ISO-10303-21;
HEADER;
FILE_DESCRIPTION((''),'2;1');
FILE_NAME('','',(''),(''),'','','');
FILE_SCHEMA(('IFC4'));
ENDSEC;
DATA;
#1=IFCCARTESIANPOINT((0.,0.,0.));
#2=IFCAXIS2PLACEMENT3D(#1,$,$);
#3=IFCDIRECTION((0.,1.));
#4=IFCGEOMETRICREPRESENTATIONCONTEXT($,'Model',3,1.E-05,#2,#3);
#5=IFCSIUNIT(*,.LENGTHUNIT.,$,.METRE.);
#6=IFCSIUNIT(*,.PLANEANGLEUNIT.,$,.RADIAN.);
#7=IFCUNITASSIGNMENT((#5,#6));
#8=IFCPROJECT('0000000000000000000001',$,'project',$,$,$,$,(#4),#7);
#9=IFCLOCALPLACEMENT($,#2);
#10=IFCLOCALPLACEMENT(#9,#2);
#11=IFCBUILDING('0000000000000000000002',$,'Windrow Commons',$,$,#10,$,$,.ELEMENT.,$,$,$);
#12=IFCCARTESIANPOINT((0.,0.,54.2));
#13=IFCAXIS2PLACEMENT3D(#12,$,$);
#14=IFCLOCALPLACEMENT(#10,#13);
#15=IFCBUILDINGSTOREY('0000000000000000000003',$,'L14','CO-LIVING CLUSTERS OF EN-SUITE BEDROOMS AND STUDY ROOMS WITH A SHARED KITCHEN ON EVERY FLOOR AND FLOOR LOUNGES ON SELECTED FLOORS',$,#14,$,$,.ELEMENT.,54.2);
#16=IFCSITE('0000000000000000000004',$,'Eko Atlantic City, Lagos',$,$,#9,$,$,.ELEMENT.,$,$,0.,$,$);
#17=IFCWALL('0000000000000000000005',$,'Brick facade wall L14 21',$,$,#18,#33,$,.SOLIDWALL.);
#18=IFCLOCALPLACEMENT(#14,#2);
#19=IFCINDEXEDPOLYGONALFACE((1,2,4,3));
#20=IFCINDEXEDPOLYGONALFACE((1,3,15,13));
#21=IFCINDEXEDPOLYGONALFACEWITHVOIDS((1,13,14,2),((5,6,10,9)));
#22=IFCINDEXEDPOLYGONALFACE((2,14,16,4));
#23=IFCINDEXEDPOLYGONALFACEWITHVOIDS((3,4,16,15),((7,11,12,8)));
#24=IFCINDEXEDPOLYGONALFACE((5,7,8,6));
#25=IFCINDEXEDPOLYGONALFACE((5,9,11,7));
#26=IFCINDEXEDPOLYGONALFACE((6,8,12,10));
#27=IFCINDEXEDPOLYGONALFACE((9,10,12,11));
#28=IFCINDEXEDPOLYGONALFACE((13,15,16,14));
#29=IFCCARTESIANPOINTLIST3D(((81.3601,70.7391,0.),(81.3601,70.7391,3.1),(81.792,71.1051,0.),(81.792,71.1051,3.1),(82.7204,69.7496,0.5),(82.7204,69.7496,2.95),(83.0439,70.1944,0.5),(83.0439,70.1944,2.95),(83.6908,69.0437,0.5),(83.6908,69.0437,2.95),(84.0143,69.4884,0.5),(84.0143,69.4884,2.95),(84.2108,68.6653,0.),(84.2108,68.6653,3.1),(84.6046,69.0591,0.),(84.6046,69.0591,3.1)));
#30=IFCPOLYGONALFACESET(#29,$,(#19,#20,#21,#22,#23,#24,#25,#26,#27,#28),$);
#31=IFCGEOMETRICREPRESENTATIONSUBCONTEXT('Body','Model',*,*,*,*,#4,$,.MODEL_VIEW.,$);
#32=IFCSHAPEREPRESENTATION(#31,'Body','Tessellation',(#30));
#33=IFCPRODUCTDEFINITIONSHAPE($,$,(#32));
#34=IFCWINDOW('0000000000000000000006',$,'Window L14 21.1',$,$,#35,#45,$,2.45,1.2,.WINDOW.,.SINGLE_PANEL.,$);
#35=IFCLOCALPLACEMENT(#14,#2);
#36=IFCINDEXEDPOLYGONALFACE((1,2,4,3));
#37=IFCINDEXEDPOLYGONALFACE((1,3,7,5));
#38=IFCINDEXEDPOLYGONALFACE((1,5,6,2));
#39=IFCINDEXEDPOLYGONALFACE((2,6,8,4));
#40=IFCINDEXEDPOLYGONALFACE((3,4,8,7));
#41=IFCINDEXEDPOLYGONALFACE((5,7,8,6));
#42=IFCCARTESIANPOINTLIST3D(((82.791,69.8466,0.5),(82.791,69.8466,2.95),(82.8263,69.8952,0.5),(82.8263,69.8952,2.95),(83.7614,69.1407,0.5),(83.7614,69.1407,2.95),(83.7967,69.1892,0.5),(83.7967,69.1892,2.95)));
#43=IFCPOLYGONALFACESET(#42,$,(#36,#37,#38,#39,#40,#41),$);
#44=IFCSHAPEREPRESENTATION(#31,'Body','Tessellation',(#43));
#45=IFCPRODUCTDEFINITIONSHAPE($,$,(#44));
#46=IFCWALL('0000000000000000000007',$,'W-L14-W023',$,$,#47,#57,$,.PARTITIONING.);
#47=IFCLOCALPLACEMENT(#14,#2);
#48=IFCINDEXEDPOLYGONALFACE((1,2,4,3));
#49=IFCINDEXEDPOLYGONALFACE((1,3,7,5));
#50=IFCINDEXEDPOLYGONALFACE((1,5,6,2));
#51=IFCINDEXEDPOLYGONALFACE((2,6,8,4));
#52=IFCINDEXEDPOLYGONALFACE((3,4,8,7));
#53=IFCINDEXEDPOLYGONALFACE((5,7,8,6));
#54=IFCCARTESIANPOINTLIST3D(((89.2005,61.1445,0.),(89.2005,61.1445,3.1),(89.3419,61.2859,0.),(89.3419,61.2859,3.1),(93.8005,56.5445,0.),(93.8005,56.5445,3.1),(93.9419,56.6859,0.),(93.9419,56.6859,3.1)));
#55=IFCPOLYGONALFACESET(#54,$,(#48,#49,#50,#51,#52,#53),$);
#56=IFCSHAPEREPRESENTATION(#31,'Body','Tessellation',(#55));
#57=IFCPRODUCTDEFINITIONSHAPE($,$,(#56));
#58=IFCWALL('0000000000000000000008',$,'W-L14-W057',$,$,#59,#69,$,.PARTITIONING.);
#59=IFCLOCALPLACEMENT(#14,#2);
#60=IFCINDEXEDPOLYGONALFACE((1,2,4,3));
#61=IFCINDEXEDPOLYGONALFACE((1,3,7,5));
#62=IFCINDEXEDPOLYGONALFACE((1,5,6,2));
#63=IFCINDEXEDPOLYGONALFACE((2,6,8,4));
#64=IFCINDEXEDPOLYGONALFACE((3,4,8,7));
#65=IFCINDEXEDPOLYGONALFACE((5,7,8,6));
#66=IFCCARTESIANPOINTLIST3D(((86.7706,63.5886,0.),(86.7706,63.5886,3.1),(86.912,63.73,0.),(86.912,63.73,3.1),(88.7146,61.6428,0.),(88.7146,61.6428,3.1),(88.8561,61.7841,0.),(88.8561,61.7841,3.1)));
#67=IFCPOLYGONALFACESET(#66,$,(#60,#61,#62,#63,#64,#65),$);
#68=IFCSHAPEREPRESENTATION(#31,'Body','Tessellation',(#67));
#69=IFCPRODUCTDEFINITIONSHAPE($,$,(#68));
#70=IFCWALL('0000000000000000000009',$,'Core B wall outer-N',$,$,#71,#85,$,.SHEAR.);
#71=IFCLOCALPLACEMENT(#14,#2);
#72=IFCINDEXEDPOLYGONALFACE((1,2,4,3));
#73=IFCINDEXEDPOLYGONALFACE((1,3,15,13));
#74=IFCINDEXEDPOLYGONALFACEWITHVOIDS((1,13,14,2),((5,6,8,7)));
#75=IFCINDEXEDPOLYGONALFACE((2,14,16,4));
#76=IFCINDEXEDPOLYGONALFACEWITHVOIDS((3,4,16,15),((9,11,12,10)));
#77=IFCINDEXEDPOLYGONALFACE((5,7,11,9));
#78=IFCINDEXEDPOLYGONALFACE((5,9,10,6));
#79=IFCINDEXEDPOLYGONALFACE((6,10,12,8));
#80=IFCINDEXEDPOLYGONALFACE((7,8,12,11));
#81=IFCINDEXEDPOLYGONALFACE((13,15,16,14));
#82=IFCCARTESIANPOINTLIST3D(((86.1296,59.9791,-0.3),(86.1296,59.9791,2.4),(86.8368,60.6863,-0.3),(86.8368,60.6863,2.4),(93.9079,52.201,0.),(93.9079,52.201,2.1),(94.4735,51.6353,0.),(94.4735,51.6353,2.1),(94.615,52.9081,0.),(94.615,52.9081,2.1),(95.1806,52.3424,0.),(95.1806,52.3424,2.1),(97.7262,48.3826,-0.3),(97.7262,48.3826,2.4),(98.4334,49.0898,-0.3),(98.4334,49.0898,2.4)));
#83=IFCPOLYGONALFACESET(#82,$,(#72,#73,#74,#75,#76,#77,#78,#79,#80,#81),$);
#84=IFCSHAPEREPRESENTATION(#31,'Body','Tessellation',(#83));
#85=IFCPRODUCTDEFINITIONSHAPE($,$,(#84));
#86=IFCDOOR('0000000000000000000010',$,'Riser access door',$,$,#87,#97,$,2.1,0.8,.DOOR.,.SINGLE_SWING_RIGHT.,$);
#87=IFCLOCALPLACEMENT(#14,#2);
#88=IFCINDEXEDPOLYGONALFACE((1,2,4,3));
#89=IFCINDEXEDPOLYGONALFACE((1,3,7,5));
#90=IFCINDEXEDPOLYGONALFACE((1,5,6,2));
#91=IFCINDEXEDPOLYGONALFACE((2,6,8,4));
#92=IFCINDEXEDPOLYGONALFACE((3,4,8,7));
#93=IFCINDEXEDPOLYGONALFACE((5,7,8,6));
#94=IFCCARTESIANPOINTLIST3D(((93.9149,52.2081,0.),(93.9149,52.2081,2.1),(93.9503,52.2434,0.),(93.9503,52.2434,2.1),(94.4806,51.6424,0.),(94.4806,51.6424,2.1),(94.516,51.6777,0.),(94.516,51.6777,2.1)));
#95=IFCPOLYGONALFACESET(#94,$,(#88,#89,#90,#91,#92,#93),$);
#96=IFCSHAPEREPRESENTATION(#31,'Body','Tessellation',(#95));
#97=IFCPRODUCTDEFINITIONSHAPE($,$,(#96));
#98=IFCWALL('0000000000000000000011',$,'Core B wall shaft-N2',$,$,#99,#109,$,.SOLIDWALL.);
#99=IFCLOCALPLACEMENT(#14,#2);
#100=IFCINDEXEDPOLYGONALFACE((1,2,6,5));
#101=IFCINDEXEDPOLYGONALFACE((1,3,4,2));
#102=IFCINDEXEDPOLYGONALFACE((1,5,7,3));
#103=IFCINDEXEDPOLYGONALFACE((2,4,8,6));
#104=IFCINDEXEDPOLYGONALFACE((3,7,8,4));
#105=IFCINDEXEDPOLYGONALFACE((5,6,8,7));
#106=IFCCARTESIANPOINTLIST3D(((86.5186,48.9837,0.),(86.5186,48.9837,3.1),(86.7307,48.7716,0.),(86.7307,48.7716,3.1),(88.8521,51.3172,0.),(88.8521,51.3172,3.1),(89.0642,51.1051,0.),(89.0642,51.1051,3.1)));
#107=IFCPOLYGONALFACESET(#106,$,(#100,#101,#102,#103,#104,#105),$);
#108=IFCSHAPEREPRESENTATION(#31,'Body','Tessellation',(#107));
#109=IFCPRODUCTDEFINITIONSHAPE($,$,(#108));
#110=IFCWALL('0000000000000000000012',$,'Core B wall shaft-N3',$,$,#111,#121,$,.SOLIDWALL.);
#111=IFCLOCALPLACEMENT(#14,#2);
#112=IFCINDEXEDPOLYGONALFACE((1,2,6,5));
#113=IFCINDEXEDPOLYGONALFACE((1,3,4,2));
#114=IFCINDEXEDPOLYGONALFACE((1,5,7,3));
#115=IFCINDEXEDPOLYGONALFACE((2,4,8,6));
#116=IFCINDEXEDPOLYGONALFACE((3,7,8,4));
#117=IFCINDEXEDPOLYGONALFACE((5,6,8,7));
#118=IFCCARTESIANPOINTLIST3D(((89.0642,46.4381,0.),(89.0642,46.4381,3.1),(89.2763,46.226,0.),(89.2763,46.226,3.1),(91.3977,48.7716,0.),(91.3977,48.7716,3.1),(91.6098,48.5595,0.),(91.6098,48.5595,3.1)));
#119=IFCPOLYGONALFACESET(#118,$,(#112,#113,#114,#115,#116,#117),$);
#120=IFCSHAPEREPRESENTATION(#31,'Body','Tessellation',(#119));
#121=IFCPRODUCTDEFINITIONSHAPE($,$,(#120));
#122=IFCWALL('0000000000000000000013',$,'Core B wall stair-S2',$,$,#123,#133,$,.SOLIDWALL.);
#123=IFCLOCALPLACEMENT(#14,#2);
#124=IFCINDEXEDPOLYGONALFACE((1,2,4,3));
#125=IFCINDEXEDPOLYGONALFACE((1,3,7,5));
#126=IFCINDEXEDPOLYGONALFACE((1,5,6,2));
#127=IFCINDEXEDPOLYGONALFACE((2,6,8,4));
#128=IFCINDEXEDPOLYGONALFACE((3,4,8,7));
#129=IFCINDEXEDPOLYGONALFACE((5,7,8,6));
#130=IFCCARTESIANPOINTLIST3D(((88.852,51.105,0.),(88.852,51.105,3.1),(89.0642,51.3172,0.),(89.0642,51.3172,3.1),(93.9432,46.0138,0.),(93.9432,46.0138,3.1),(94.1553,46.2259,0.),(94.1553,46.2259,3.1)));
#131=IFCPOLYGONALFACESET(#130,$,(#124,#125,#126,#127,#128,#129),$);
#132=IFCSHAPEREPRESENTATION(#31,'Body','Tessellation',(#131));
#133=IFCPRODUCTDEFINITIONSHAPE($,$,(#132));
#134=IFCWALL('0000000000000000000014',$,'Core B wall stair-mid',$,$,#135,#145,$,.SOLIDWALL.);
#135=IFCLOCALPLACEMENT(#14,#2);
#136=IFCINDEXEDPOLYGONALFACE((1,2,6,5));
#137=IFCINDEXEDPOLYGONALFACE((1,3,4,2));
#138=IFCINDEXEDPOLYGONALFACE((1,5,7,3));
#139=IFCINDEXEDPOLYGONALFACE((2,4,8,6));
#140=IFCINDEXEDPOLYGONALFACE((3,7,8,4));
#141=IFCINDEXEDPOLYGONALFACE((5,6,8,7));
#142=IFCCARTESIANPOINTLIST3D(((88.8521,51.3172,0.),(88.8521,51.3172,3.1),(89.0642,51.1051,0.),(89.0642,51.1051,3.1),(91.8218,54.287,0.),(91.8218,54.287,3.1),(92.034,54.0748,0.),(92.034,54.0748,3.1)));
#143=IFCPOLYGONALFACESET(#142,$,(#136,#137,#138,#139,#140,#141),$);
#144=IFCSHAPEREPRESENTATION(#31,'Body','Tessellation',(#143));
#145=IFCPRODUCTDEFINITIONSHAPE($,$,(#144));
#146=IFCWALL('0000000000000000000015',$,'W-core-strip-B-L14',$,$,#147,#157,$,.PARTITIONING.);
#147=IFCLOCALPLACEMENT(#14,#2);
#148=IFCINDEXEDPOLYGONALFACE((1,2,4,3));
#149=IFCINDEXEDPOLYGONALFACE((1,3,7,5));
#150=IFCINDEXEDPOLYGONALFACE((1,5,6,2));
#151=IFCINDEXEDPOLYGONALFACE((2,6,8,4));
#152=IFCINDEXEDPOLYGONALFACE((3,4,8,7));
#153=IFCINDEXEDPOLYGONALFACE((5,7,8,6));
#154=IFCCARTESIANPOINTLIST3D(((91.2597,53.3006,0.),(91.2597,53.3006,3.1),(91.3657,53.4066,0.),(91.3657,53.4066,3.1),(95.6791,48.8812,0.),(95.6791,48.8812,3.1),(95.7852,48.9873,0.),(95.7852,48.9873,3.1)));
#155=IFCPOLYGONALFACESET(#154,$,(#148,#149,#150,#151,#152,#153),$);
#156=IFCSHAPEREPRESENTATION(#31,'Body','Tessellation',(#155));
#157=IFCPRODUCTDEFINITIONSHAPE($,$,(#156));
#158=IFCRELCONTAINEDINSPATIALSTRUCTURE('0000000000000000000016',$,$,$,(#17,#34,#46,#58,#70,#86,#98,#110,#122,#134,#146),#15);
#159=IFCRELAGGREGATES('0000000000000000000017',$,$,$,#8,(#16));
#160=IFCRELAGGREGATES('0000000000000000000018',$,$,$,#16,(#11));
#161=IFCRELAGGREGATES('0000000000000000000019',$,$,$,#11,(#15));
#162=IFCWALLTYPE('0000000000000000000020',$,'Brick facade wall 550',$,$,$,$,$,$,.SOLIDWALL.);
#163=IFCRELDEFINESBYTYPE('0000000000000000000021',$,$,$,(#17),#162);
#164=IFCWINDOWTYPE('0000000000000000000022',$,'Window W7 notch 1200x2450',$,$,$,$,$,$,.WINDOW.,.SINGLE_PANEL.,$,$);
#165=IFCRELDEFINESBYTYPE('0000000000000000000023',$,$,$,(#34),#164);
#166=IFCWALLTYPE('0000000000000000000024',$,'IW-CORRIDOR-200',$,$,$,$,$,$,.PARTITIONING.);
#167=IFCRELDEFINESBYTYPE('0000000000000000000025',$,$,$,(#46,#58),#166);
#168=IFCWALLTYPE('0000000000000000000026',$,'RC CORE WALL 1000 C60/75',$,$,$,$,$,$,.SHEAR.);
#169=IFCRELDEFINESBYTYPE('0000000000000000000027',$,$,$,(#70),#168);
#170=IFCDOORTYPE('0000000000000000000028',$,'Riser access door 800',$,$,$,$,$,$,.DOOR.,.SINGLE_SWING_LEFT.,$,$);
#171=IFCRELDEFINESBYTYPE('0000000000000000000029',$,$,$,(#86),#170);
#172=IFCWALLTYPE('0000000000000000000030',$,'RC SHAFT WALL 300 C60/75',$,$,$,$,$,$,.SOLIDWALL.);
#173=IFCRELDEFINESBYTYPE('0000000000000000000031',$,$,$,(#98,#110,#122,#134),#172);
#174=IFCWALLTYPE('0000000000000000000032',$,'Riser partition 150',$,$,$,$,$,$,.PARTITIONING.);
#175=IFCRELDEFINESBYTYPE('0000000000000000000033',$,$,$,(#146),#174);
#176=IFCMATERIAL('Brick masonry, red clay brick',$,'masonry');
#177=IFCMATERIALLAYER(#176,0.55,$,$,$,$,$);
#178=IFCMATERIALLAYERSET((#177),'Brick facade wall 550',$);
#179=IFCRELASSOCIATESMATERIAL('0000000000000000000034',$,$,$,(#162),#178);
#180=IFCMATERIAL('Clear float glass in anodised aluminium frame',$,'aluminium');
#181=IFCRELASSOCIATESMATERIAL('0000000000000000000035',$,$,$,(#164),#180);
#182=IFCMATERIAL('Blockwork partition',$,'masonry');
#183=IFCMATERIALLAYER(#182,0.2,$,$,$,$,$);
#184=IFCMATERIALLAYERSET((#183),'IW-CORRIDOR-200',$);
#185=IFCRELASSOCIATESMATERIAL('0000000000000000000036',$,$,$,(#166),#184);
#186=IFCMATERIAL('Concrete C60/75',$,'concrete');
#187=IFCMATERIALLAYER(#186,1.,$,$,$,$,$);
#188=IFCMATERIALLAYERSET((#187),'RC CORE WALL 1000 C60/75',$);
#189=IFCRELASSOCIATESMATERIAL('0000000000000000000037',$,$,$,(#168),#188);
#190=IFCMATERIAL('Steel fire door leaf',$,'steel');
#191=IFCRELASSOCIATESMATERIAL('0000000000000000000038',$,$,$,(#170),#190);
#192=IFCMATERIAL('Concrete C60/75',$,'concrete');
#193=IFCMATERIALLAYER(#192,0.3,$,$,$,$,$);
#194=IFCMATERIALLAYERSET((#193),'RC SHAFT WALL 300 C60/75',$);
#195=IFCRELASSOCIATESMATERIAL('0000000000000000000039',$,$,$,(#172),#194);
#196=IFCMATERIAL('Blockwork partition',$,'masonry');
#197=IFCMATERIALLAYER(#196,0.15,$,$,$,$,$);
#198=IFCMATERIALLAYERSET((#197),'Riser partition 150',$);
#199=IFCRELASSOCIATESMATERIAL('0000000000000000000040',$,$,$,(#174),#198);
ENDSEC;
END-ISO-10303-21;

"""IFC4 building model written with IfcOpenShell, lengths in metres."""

from ifc_helpers import new_model, si_unit, direction, frame, frame_2d, origin, place, context, subcontext, project, spatial, polyline, rectangle, outline, extrude, material, layer, layer_set, type_object, element, fill, save


model = new_model("IFC4")

# Units and contexts
model_context = context("Model", 3, precision=1e-05, world=origin(), true_north=direction((0.0, 1.0)))
body_context = subcontext(model_context, "Body", "Model", "MODEL_VIEW")
ifc_project = project(units=[si_unit("LENGTHUNIT", "METRE"), si_unit("PLANEANGLEUNIT", "RADIAN")], contexts=[model_context])

# Site, building, storey
site_placement = place(None, origin())
site = spatial("IfcSite", under=ifc_project, at=site_placement, Name="Eko Atlantic City, Lagos", CompositionType="ELEMENT", RefElevation=0.0)
building_placement = place(site_placement, origin())
building = spatial("IfcBuilding", under=site, at=building_placement, Name="Windrow Commons", CompositionType="ELEMENT")
storey_placement = place(building_placement, frame((0.0, 0.0, 54.2)))
storey = spatial("IfcBuildingStorey", under=building, at=storey_placement, Name="L14", Description="CO-LIVING CLUSTERS OF EN-SUITE BEDROOMS AND STUDY ROOMS WITH A SHARED KITCHEN ON EVERY FLOOR AND FLOOR LOUNGES ON SELECTED FLOORS", CompositionType="ELEMENT", Elevation=54.2)

# Shared definitions
ifc_material_1 = material(Name="Brick masonry, red clay brick", Category="masonry")
ifc_layer_1 = layer(ifc_material_1, 0.55)
ifc_layer_set_1 = layer_set([ifc_layer_1], Name="Brick facade wall 550")
wall_type_1 = type_object("IfcWallType", Name="Brick facade wall 550", PredefinedType="SOLIDWALL", material=ifc_layer_set_1)
ifc_material_2 = material(Name="Clear float glass in anodised aluminium frame", Category="aluminium")
window_type = type_object("IfcWindowType", Name="Window W7 notch 1200x2450", PartitioningType="SINGLE_PANEL", PredefinedType="WINDOW", material=ifc_material_2)

# Wall, opening, window
wall_1_placement = place(storey_placement, frame((84.4077, 68.8622, 0.0), z_axis=(0.0, 0.0, 1.0), x_axis=(-0.808661, 0.588275, 0.0)))
wall_1 = element("IfcWall", 1, at=wall_1_placement, inside=storey, type_object=wall_type_1, Name="Brick facade wall L14 21", PredefinedType="SOLIDWALL", context=body_context, shape_type="SweptSolid", body=[
    extrude(outline(polyline([(-0.0434, -0.275), (3.4347, -0.275), (3.5686, 0.275), (0.0434, 0.275), (-0.0434, -0.275)])), origin(), (0.0, 0.0, 1.0), 3.1),
])
opening_1_placement = place(wall_1_placement, frame((0.6865, 0.0, 0.5)))
opening_1 = element("IfcOpeningElement", 2, at=opening_1_placement, cuts=wall_1, PredefinedType="OPENING", context=body_context, shape_type="SweptSolid", body=[
    extrude(rectangle(XDim=1.2, YDim=2.45, at=frame_2d((0.6, 1.225))), frame((0.0, 0.285, 0.0), z_axis=(0.0, -1.0, 0.0), x_axis=(1.0, 0.0, 0.0)), (0.0, 0.0, 1.0), 0.57),
])
window_1_placement = place(opening_1_placement, origin())
window_1 = element("IfcWindow", 3, at=window_1_placement, inside=storey, type_object=window_type, Name="Window L14 21.1", OverallHeight=2.45, OverallWidth=1.2, PartitioningType="SINGLE_PANEL", PredefinedType="WINDOW", context=body_context, shape_type="SweptSolid", body=[
    extrude(rectangle(XDim=1.2, YDim=2.45, at=frame_2d((0.6, 1.225))), frame((0.0, 0.155, 0.0), z_axis=(0.0, -1.0, 0.0), x_axis=(1.0, 0.0, 0.0)), (0.0, 0.0, 1.0), 0.06),
])
fill(opening_1, window_1)

# Walls
ifc_material_3 = material(Name="Blockwork partition", Category="masonry")
ifc_layer_2 = layer(ifc_material_3, 0.2)
ifc_layer_set_2 = layer_set([ifc_layer_2], Name="IW-CORRIDOR-200")
wall_type_2 = type_object("IfcWallType", Name="IW-CORRIDOR-200", PredefinedType="PARTITIONING", material=ifc_layer_set_2)
wall_2_placement = place(storey_placement, frame((89.2712, 61.2152, 0.0), z_axis=(0.0, 0.0, 1.0), x_axis=(0.707107, -0.707107, 0.0)))
element("IfcWall", 4, at=wall_2_placement, inside=storey, type_object=wall_type_2, Name="W-L14-W023", PredefinedType="PARTITIONING", context=body_context, shape_type="SweptSolid", body=[
    extrude(rectangle(XDim=6.5054, YDim=0.2, at=frame_2d((3.2527, 0.0))), origin(), (0.0, 0.0, 1.0), 3.1),
])
wall_3_placement = place(storey_placement, frame((86.8413, 63.6593, 0.0), z_axis=(0.0, 0.0, 1.0), x_axis=(0.70678, -0.707434, 0.0)))
element("IfcWall", 5, at=wall_3_placement, inside=storey, type_object=wall_type_2, Name="W-L14-W057", PredefinedType="PARTITIONING", context=body_context, shape_type="SweptSolid", body=[
    extrude(rectangle(XDim=2.7506, YDim=0.2, at=frame_2d((1.3753, 0.0))), origin(), (0.0, 0.0, 1.0), 3.1),
])

# Wall, opening, door
ifc_material_4 = material(Name="Concrete C60/75", Category="concrete")
ifc_layer_3 = layer(ifc_material_4, 1.0)
ifc_layer_set_3 = layer_set([ifc_layer_3], Name="RC CORE WALL 1000 C60/75")
wall_type_3 = type_object("IfcWallType", Name="RC CORE WALL 1000 C60/75", PredefinedType="SHEAR", material=ifc_layer_set_3)
wall_4_placement = place(storey_placement, frame((86.4832, 60.3327, -0.3), z_axis=(0.0, 0.0, 1.0), x_axis=(0.70711, -0.707104, 0.0)))
wall_4 = element("IfcWall", 6, at=wall_4_placement, inside=storey, type_object=wall_type_3, Name="Core B wall outer-N", PredefinedType="SHEAR", context=body_context, shape_type="SweptSolid", body=[
    extrude(rectangle(XDim=16.4, YDim=1.0, at=frame_2d((8.2, 0.0))), origin(), (0.0, 0.0, 1.0), 2.7),
])
opening_2_placement = place(wall_4_placement, frame((11.0, 0.0, 0.3)))
opening_2 = element("IfcOpeningElement", 7, at=opening_2_placement, cuts=wall_4, PredefinedType="OPENING", context=body_context, shape_type="SweptSolid", body=[
    extrude(rectangle(XDim=0.8, YDim=2.1, at=frame_2d((0.4, 1.05))), frame((0.0, 0.51, 0.0), z_axis=(0.0, -1.0, 0.0), x_axis=(1.0, 0.0, 0.0)), (0.0, 0.0, 1.0), 1.02),
])
ifc_material_5 = material(Name="Steel fire door leaf", Category="steel")
door_type = type_object("IfcDoorType", Name="Riser access door 800", OperationType="SINGLE_SWING_LEFT", PredefinedType="DOOR", material=ifc_material_5)
door_placement = place(opening_2_placement, origin())
door = element("IfcDoor", 8, at=door_placement, inside=storey, type_object=door_type, Name="Riser access door", OperationType="SINGLE_SWING_RIGHT", OverallHeight=2.1, OverallWidth=0.8, PredefinedType="DOOR", context=body_context, shape_type="SweptSolid", body=[
    extrude(rectangle(XDim=0.8, YDim=2.1, at=frame_2d((0.4, 1.05))), frame((0.0, -0.44, 0.0), z_axis=(0.0, -1.0, 0.0), x_axis=(1.0, 0.0, 0.0)), (0.0, 0.0, 1.0), 0.05),
])
fill(opening_2, door)

# Walls
ifc_material_6 = material(Name="Concrete C60/75", Category="concrete")
ifc_layer_4 = layer(ifc_material_6, 0.3)
ifc_layer_set_4 = layer_set([ifc_layer_4], Name="RC SHAFT WALL 300 C60/75")
wall_type_4 = type_object("IfcWallType", Name="RC SHAFT WALL 300 C60/75", PredefinedType="SOLIDWALL", material=ifc_layer_set_4)
for number, where, z_axis, x_axis, name in (
    (9, (86.6246, 48.8776, 0.0), (0.0, 0.0, 1.0), (0.707107, 0.707107, 0.0), "Core B wall shaft-N2"),
    (10, (89.1702, 46.332, 0.0), (0.0, 0.0, 1.0), (0.707107, 0.707107, 0.0), "Core B wall shaft-N3"),
):
    element("IfcWall", number, at=place(storey_placement, frame(where, z_axis=z_axis, x_axis=x_axis)), inside=storey, type_object=wall_type_4, Name=name, PredefinedType="SOLIDWALL", context=body_context, shape_type="SweptSolid", body=[
        extrude(rectangle(XDim=3.3001, YDim=0.3, at=frame_2d((1.6501, 0.0))), origin(), (0.0, 0.0, 1.0), 3.1),
    ])
wall_5_placement = place(storey_placement, frame((88.9581, 51.2111, 0.0), z_axis=(0.0, 0.0, 1.0), x_axis=(0.7071, -0.707114, 0.0)))
element("IfcWall", 11, at=wall_5_placement, inside=storey, type_object=wall_type_4, Name="Core B wall stair-S2", PredefinedType="SOLIDWALL", context=body_context, shape_type="SweptSolid", body=[
    extrude(rectangle(XDim=7.2, YDim=0.3, at=frame_2d((3.6, 0.0))), origin(), (0.0, 0.0, 1.0), 3.1),
])
wall_6_placement = place(storey_placement, frame((88.9581, 51.2111, 0.0), z_axis=(0.0, 0.0, 1.0), x_axis=(0.707107, 0.707107, 0.0)))
element("IfcWall", 12, at=wall_6_placement, inside=storey, type_object=wall_type_4, Name="Core B wall stair-mid", PredefinedType="SOLIDWALL", context=body_context, shape_type="SweptSolid", body=[
    extrude(rectangle(XDim=4.1999, YDim=0.3, at=frame_2d((2.1, 0.0))), origin(), (0.0, 0.0, 1.0), 3.1),
])
ifc_material_7 = material(Name="Blockwork partition", Category="masonry")
ifc_layer_5 = layer(ifc_material_7, 0.15)
ifc_layer_set_5 = layer_set([ifc_layer_5], Name="Riser partition 150")
wall_type_5 = type_object("IfcWallType", Name="Riser partition 150", PredefinedType="PARTITIONING", material=ifc_layer_set_5)
wall_7_placement = place(storey_placement, frame((91.3127, 53.3536, 0.0), z_axis=(0.0, 0.0, 1.0), x_axis=(0.707115, -0.707099, 0.0)))
element("IfcWall", 13, at=wall_7_placement, inside=storey, type_object=wall_type_5, Name="W-core-strip-B-L14", PredefinedType="PARTITIONING", context=body_context, shape_type="SweptSolid", body=[
    extrude(rectangle(XDim=6.25, YDim=0.15, at=frame_2d((3.125, 0.0))), origin(), (0.0, 0.0, 1.0), 3.1),
])

save(model, "model.ifc")
